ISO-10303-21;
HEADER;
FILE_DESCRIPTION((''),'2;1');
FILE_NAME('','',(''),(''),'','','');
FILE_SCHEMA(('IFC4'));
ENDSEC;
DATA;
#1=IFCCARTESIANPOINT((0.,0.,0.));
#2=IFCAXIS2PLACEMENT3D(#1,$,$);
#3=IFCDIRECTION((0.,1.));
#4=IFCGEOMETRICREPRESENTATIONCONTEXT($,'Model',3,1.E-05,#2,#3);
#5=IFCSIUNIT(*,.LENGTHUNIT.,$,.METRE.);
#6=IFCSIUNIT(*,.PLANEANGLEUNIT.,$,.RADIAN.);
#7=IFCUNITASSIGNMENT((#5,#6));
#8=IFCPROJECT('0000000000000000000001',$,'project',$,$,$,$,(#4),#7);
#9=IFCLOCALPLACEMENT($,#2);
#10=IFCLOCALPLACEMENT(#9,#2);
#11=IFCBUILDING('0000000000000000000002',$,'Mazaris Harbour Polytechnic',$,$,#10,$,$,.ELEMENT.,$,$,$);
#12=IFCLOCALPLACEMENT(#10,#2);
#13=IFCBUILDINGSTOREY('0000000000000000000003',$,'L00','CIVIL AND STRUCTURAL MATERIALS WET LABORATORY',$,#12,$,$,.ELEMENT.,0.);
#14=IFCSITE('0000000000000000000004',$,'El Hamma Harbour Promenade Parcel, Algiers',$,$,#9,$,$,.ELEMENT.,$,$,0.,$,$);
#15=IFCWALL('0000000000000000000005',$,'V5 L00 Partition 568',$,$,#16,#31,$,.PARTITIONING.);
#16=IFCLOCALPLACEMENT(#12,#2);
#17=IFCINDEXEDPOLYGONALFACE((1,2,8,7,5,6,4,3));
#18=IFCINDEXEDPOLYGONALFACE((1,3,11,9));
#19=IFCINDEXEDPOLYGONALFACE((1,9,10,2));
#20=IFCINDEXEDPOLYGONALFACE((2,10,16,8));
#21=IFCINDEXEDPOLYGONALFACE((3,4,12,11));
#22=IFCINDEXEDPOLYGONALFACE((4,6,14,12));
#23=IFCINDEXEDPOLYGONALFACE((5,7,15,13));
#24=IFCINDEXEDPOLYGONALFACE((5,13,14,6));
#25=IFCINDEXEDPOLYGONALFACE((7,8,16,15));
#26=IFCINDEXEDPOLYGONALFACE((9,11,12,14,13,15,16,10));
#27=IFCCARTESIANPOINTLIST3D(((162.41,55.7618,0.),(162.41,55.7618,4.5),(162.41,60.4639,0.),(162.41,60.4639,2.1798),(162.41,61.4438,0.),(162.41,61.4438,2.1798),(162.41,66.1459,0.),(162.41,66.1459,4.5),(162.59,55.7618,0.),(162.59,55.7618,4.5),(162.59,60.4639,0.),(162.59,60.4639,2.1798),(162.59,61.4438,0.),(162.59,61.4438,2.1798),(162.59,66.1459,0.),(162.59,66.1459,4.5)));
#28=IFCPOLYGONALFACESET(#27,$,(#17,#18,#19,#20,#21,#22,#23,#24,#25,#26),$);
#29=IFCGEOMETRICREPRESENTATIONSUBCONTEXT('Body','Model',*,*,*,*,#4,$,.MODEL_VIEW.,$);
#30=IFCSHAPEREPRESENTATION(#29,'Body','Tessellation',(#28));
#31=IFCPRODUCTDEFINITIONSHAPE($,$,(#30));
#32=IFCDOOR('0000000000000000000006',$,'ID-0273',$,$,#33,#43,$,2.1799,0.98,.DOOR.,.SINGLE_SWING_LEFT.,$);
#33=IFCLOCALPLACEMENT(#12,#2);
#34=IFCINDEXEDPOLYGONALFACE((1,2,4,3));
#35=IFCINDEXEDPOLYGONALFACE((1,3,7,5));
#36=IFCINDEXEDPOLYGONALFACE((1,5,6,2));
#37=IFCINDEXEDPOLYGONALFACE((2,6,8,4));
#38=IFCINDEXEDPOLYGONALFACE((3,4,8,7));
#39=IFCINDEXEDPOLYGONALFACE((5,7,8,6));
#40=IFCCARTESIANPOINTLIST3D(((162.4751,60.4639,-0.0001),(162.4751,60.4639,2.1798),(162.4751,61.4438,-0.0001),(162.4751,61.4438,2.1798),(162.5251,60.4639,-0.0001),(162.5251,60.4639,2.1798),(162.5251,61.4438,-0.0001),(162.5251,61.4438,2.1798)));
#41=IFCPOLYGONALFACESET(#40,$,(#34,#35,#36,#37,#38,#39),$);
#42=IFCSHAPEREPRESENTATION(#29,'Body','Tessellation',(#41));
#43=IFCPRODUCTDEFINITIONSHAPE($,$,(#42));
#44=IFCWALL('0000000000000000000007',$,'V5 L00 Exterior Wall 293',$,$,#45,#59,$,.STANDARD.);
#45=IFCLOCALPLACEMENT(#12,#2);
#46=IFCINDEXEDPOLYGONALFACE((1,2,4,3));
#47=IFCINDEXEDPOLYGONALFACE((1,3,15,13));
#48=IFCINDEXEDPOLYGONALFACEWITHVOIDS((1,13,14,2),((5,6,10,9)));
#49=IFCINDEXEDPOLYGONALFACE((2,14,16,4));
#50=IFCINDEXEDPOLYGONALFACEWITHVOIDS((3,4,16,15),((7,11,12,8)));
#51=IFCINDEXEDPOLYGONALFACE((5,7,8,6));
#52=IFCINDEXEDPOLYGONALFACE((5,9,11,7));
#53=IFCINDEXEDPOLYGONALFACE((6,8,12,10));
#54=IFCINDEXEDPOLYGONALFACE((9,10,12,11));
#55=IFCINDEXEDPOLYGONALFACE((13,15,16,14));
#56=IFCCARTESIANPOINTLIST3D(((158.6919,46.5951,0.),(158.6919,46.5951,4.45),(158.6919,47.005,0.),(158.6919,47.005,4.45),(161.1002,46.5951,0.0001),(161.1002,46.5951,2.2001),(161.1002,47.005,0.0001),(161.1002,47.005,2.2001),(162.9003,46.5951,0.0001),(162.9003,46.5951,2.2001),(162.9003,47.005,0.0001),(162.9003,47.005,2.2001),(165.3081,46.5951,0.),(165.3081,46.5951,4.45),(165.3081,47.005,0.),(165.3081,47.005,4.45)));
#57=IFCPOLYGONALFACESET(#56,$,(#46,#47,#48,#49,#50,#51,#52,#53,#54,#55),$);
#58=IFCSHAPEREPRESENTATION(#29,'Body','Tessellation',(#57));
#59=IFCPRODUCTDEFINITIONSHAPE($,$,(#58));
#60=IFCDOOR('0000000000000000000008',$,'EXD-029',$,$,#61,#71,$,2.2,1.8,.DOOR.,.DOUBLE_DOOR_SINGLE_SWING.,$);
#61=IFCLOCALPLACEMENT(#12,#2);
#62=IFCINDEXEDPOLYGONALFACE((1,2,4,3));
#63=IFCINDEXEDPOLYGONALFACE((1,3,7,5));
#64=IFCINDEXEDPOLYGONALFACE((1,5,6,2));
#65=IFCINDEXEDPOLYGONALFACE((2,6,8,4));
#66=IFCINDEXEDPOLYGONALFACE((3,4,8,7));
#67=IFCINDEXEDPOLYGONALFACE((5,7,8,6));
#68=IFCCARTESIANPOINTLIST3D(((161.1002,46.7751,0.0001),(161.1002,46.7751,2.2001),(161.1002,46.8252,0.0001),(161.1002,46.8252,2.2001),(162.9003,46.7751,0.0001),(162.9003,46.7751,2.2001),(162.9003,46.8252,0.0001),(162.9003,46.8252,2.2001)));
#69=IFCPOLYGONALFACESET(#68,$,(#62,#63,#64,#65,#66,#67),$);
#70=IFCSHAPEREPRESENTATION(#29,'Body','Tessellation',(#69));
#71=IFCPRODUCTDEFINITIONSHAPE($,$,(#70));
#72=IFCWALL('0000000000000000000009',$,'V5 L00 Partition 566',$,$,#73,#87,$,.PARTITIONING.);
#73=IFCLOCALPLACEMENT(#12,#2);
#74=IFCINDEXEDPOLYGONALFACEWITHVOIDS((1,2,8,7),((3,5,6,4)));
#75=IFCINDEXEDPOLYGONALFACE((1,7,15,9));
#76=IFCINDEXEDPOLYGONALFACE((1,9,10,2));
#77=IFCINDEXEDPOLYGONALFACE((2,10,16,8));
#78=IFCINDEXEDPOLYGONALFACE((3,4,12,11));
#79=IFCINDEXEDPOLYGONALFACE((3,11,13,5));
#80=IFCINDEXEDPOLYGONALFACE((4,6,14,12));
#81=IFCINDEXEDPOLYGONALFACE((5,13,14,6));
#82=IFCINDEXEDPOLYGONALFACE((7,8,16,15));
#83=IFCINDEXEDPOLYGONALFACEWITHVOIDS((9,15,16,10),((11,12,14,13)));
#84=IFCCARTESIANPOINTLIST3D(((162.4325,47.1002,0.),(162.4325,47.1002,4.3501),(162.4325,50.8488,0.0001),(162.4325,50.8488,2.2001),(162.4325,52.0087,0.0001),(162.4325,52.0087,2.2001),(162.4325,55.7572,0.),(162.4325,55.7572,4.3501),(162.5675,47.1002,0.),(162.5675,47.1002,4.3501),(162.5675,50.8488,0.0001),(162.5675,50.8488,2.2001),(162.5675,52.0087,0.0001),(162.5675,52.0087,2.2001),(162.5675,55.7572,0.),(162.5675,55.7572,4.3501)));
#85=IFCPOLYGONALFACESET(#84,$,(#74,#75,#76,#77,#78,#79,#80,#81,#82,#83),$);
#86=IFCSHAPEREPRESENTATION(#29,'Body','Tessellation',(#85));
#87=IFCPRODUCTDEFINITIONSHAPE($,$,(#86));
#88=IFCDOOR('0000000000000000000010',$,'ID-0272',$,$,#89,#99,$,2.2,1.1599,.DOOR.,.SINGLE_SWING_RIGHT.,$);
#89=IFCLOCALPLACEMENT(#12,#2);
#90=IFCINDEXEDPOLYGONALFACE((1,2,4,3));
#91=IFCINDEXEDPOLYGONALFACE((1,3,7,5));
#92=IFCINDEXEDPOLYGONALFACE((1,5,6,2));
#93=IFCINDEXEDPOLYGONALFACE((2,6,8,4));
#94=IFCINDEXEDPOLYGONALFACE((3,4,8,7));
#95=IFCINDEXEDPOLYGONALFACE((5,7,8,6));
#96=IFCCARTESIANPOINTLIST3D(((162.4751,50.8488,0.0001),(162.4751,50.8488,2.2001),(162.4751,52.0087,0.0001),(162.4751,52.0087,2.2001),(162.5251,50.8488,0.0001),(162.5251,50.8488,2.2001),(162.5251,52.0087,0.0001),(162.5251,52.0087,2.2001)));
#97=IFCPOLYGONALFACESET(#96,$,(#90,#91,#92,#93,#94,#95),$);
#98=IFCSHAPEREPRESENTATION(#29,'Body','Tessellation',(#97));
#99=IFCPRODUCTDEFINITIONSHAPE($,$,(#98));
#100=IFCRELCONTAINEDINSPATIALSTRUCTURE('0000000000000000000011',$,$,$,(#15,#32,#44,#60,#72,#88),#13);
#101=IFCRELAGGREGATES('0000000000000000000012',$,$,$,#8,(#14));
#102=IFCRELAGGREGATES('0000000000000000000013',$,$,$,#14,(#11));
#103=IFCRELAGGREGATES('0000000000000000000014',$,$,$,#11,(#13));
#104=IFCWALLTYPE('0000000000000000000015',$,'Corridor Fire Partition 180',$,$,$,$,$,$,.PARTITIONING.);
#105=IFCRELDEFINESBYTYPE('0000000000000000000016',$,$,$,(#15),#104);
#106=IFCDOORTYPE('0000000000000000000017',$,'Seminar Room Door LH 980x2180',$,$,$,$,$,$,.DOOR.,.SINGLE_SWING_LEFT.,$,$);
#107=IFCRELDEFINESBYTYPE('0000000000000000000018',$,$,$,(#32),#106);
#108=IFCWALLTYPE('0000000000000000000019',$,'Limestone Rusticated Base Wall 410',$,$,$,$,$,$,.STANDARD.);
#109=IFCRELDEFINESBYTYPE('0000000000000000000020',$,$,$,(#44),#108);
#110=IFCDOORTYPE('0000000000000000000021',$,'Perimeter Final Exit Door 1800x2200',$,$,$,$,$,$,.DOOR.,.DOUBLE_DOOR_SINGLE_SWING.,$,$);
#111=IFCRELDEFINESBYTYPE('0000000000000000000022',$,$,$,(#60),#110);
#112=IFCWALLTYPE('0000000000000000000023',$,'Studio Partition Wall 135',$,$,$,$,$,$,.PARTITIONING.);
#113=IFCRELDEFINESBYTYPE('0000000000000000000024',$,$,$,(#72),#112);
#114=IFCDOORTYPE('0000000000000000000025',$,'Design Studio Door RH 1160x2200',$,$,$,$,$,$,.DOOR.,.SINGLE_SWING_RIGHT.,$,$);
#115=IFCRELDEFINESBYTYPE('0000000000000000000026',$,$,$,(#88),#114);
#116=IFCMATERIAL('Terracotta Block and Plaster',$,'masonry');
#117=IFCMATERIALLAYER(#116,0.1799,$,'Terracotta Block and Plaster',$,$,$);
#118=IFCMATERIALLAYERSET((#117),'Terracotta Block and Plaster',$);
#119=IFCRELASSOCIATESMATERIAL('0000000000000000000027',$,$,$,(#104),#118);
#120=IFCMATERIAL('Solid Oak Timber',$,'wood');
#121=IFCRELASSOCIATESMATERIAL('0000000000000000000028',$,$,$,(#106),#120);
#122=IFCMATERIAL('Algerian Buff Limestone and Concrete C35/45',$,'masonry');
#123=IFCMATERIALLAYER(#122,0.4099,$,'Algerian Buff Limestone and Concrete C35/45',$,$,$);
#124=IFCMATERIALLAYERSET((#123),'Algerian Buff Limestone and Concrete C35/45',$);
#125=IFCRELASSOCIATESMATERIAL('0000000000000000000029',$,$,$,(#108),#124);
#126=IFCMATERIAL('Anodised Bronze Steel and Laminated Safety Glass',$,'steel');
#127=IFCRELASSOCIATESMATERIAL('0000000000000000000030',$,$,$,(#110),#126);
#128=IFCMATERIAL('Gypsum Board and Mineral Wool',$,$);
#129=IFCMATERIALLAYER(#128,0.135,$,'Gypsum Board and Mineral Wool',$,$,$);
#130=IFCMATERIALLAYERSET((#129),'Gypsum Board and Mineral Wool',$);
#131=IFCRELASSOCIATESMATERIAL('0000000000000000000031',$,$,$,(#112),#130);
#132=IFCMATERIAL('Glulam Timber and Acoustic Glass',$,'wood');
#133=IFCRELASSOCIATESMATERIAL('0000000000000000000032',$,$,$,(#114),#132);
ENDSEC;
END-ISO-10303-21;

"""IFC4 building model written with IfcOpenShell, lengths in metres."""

from ifc_helpers import new_model, si_unit, direction, frame, frame_2d, origin, place, context, subcontext, project, spatial, rectangle, extrude, material, layer, layer_set, type_object, element, fill, save


model = new_model("IFC4")

# Units and contexts
model_context = context("Model", 3, precision=1e-05, world=origin(), true_north=direction((0.0, 1.0)))
body_context = subcontext(model_context, "Body", "Model", "MODEL_VIEW")
ifc_project = project(units=[si_unit("LENGTHUNIT", "METRE"), si_unit("PLANEANGLEUNIT", "RADIAN")], contexts=[model_context])

# Site, building, storey
site_placement = place(None, origin())
site = spatial("IfcSite", under=ifc_project, at=site_placement, Name="El Hamma Harbour Promenade Parcel, Algiers", CompositionType="ELEMENT", RefElevation=0.0)
building_placement = place(site_placement, origin())
building = spatial("IfcBuilding", under=site, at=building_placement, Name="Mazaris Harbour Polytechnic", CompositionType="ELEMENT")
storey_placement = place(building_placement, origin())
storey = spatial("IfcBuildingStorey", under=building, at=storey_placement, Name="L00", Description="CIVIL AND STRUCTURAL MATERIALS WET LABORATORY", CompositionType="ELEMENT", Elevation=0.0)

# Walls, openings, doors
ifc_material_1 = material(Name="Terracotta Block and Plaster", Category="masonry")
ifc_layer_1 = layer(ifc_material_1, 0.1799, Name="Terracotta Block and Plaster")
ifc_layer_set_1 = layer_set([ifc_layer_1], Name="Terracotta Block and Plaster")
wall_type_1 = type_object("IfcWallType", Name="Corridor Fire Partition 180", PredefinedType="PARTITIONING", material=ifc_layer_set_1)
wall_1_placement = place(storey_placement, frame((162.5, 55.762, 0.0), z_axis=(0.0, 0.0, 1.0), x_axis=(0.0, 1.0, 0.0)))
wall_1 = element("IfcWall", 1, at=wall_1_placement, inside=storey, type_object=wall_type_1, Name="V5 L00 Partition 568", PredefinedType="PARTITIONING", context=body_context, shape_type="SweptSolid", body=[
    extrude(rectangle(XDim=10.384, YDim=0.1799, at=frame_2d((5.1919, 0.0))), origin(), (0.0, 0.0, 1.0), 4.5),
])
opening_1_placement = place(wall_1_placement, frame((4.7019, 0.0, 0.0)))
opening_1 = element("IfcOpeningElement", 2, at=opening_1_placement, cuts=wall_1, PredefinedType="OPENING", context=body_context, shape_type="SweptSolid", body=[
    extrude(rectangle(XDim=0.98, YDim=2.1799, at=frame_2d((0.49, 1.0898))), frame((0.0, 0.0999, 0.0), z_axis=(0.0, -1.0, 0.0), x_axis=(1.0, 0.0, 0.0)), (0.0, 0.0, 1.0), 0.2),
])
ifc_material_2 = material(Name="Solid Oak Timber", Category="wood")
door_type_1 = type_object("IfcDoorType", Name="Seminar Room Door LH 980x2180", OperationType="SINGLE_SWING_LEFT", PredefinedType="DOOR", material=ifc_material_2)
door_1_placement = place(opening_1_placement, origin())
door_1 = element("IfcDoor", 3, at=door_1_placement, inside=storey, type_object=door_type_1, Name="ID-0273", OperationType="SINGLE_SWING_LEFT", OverallHeight=2.1799, OverallWidth=0.98, PredefinedType="DOOR", context=body_context, shape_type="SweptSolid", body=[
    extrude(rectangle(XDim=0.98, YDim=2.1799, at=frame_2d((0.49, 1.0898))), frame((0.0, 0.0249, 0.0), z_axis=(0.0, -1.0, 0.0), x_axis=(1.0, 0.0, 0.0)), (0.0, 0.0, 1.0), 0.05),
])
fill(opening_1, door_1)
ifc_material_3 = material(Name="Algerian Buff Limestone and Concrete C35/45", Category="masonry")
ifc_layer_2 = layer(ifc_material_3, 0.4099, Name="Algerian Buff Limestone and Concrete C35/45")
ifc_layer_set_2 = layer_set([ifc_layer_2], Name="Algerian Buff Limestone and Concrete C35/45")
wall_type_2 = type_object("IfcWallType", Name="Limestone Rusticated Base Wall 410", PredefinedType="STANDARD", material=ifc_layer_set_2)
wall_2_placement = place(storey_placement, frame((165.3081, 46.8, 0.0), z_axis=(0.0, 0.0, 1.0), x_axis=(-1.0, 0.0, 0.0)))
wall_2 = element("IfcWall", 4, at=wall_2_placement, inside=storey, type_object=wall_type_2, Name="V5 L00 Exterior Wall 293", PredefinedType="STANDARD", context=body_context, shape_type="SweptSolid", body=[
    extrude(rectangle(XDim=6.6162, YDim=0.4099, at=frame_2d((3.3081, 0.0))), origin(), (0.0, 0.0, 1.0), 4.45),
])
opening_2_placement = place(wall_2_placement, frame((2.408, 0.0, 0.0)))
opening_2 = element("IfcOpeningElement", 5, at=opening_2_placement, cuts=wall_2, PredefinedType="OPENING", context=body_context, shape_type="SweptSolid", body=[
    extrude(rectangle(XDim=1.8, YDim=2.2, at=frame_2d((0.8999, 1.1001))), frame((0.0, 0.2148, 0.0), z_axis=(0.0, -1.0, 0.0), x_axis=(1.0, 0.0, 0.0)), (0.0, 0.0, 1.0), 0.4299),
])
ifc_material_4 = material(Name="Anodised Bronze Steel and Laminated Safety Glass", Category="steel")
door_type_2 = type_object("IfcDoorType", Name="Perimeter Final Exit Door 1800x2200", OperationType="DOUBLE_DOOR_SINGLE_SWING", PredefinedType="DOOR", material=ifc_material_4)
door_2_placement = place(opening_2_placement, origin())
door_2 = element("IfcDoor", 6, at=door_2_placement, inside=storey, type_object=door_type_2, Name="EXD-029", OperationType="DOUBLE_DOOR_SINGLE_SWING", OverallHeight=2.2, OverallWidth=1.8, PredefinedType="DOOR", context=body_context, shape_type="SweptSolid", body=[
    extrude(rectangle(XDim=1.8, YDim=2.2, at=frame_2d((0.8999, 1.1001))), frame((0.0, 0.0249, 0.0), z_axis=(0.0, -1.0, 0.0), x_axis=(1.0, 0.0, 0.0)), (0.0, 0.0, 1.0), 0.05),
])
fill(opening_2, door_2)
ifc_material_5 = material(Name="Gypsum Board and Mineral Wool")
ifc_layer_3 = layer(ifc_material_5, 0.135, Name="Gypsum Board and Mineral Wool")
ifc_layer_set_3 = layer_set([ifc_layer_3], Name="Gypsum Board and Mineral Wool")
wall_type_3 = type_object("IfcWallType", Name="Studio Partition Wall 135", PredefinedType="PARTITIONING", material=ifc_layer_set_3)
wall_3_placement = place(storey_placement, frame((162.5, 47.1001, 0.0), z_axis=(0.0, 0.0, 1.0), x_axis=(0.0, 1.0, 0.0)))
wall_3 = element("IfcWall", 7, at=wall_3_placement, inside=storey, type_object=wall_type_3, Name="V5 L00 Partition 566", PredefinedType="PARTITIONING", context=body_context, shape_type="SweptSolid", body=[
    extrude(rectangle(XDim=8.657, YDim=0.135, at=frame_2d((4.3286, 0.0))), origin(), (0.0, 0.0, 1.0), 4.3501),
])
opening_3_placement = place(wall_3_placement, frame((3.7485, 0.0, 0.0)))
opening_3 = element("IfcOpeningElement", 8, at=opening_3_placement, cuts=wall_3, PredefinedType="OPENING", context=body_context, shape_type="SweptSolid", body=[
    extrude(rectangle(XDim=1.1599, YDim=2.2, at=frame_2d((0.5801, 1.1001))), frame((0.0, 0.0774, 0.0), z_axis=(0.0, -1.0, 0.0), x_axis=(1.0, 0.0, 0.0)), (0.0, 0.0, 1.0), 0.155),
])
ifc_material_6 = material(Name="Glulam Timber and Acoustic Glass", Category="wood")
door_type_3 = type_object("IfcDoorType", Name="Design Studio Door RH 1160x2200", OperationType="SINGLE_SWING_RIGHT", PredefinedType="DOOR", material=ifc_material_6)
door_3_placement = place(opening_3_placement, origin())
door_3 = element("IfcDoor", 9, at=door_3_placement, inside=storey, type_object=door_type_3, Name="ID-0272", OperationType="SINGLE_SWING_RIGHT", OverallHeight=2.2, OverallWidth=1.1599, PredefinedType="DOOR", context=body_context, shape_type="SweptSolid", body=[
    extrude(rectangle(XDim=1.1599, YDim=2.2, at=frame_2d((0.5801, 1.1001))), frame((0.0, 0.0249, 0.0), z_axis=(0.0, -1.0, 0.0), x_axis=(1.0, 0.0, 0.0)), (0.0, 0.0, 1.0), 0.05),
])
fill(opening_3, door_3)

save(model, "model.ifc")
